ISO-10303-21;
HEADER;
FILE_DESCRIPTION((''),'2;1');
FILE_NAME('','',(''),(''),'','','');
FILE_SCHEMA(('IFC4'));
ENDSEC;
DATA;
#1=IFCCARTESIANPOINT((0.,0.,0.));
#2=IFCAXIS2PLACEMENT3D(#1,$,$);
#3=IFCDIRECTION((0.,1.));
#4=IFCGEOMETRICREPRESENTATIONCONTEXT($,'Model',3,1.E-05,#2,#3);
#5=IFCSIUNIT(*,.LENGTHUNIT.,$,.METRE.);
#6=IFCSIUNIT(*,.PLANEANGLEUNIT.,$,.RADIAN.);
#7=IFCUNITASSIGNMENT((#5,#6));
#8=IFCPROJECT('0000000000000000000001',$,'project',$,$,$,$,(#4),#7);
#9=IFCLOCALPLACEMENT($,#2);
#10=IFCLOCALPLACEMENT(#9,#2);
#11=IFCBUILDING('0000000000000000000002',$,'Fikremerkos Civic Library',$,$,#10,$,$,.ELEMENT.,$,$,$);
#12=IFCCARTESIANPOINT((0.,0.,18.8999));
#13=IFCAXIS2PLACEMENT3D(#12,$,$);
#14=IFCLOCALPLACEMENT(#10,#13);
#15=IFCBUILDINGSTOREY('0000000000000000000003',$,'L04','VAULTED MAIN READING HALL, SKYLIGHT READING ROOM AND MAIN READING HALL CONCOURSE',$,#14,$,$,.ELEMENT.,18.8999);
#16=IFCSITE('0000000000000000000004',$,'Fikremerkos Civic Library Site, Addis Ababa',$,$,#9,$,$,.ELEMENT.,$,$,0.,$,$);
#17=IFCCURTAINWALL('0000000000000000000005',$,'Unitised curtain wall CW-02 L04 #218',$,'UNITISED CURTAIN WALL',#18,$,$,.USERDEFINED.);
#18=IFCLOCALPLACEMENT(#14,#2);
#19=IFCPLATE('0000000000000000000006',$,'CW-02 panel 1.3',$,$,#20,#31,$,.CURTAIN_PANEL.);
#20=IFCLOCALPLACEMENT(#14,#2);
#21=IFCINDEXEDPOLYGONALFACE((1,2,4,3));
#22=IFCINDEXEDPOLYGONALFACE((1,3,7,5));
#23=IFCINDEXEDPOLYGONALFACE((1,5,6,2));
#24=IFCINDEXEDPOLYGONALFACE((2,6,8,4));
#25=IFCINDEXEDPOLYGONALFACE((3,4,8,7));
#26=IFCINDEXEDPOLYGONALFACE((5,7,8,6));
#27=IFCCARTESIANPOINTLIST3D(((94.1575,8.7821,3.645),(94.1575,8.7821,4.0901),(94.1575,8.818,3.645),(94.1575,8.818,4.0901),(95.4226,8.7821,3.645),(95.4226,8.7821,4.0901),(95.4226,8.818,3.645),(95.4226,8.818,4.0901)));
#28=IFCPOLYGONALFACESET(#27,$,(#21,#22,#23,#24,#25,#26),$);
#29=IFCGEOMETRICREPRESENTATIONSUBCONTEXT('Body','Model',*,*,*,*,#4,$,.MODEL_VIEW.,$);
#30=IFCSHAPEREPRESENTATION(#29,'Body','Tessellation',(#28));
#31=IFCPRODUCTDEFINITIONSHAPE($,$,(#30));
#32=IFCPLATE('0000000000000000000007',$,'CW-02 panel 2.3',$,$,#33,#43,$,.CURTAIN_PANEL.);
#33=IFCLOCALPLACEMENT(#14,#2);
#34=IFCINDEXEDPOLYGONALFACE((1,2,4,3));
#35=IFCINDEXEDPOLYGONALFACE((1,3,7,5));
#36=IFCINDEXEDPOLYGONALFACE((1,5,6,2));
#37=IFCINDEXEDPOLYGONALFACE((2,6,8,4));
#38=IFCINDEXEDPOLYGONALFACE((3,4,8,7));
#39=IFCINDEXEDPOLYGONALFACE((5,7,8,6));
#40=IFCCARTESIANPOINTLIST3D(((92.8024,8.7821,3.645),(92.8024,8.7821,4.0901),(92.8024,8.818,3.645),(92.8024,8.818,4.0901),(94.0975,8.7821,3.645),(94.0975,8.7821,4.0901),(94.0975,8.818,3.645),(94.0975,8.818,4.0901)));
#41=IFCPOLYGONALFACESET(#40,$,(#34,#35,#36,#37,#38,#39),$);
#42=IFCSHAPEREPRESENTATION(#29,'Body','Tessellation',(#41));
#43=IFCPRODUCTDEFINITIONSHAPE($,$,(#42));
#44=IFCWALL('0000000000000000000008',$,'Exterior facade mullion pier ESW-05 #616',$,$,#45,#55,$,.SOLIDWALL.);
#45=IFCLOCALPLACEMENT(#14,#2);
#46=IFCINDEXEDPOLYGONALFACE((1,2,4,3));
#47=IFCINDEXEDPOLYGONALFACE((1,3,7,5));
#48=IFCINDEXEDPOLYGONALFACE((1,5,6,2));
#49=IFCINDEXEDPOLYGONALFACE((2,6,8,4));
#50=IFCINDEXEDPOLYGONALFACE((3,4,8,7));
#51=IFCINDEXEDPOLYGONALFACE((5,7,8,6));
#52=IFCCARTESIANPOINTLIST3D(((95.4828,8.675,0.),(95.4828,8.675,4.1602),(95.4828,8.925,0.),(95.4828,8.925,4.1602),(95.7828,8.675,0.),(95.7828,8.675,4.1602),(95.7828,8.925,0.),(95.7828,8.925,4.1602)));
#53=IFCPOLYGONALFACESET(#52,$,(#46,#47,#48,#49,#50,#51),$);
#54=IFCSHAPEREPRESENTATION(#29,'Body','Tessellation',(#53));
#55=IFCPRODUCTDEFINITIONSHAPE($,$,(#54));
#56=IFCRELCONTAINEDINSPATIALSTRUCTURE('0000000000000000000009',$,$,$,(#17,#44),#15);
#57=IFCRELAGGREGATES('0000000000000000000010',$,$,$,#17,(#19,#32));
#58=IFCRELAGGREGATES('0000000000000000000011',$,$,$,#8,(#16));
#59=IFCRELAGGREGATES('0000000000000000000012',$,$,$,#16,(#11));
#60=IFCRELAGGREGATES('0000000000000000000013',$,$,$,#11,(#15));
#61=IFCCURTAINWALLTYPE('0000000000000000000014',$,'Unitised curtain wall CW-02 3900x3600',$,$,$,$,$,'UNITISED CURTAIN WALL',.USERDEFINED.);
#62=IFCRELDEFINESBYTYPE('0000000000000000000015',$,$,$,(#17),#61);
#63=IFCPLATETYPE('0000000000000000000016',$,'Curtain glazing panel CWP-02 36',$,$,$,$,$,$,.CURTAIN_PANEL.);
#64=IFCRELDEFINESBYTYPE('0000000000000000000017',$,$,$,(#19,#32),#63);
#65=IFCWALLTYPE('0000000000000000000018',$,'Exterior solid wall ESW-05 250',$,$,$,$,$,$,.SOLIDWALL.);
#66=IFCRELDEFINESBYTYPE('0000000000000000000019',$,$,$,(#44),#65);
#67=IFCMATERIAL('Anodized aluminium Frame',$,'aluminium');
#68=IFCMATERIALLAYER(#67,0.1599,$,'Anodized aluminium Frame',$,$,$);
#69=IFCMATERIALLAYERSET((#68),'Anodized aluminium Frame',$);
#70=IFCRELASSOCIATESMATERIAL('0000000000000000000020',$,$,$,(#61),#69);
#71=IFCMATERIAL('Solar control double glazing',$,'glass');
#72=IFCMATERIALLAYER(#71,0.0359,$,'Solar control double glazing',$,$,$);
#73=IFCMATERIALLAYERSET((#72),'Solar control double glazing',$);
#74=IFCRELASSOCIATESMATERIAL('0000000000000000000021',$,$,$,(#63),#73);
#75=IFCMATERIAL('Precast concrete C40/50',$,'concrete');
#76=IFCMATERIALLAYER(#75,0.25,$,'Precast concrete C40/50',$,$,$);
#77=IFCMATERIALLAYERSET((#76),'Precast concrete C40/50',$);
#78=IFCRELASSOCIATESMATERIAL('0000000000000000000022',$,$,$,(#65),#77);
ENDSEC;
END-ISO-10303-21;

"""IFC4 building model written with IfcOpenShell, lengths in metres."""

from ifc_helpers import new_model, si_unit, direction, frame, frame_2d, origin, origin_2d, place, context, subcontext, project, spatial, rectangle, extrude, material, layer, layer_set, type_object, element, aggregate, save


model = new_model("IFC4")

# Units and contexts
model_context = context("Model", 3, precision=1e-05, world=origin(), true_north=direction((0.0, 1.0)))
body_context = subcontext(model_context, "Body", "Model", "MODEL_VIEW")
ifc_project = project(units=[si_unit("LENGTHUNIT", "METRE"), si_unit("PLANEANGLEUNIT", "RADIAN")], contexts=[model_context])

# Site, building, storey
site_placement = place(None, origin())
site = spatial("IfcSite", under=ifc_project, at=site_placement, Name="Fikremerkos Civic Library Site, Addis Ababa", CompositionType="ELEMENT", RefElevation=0.0)
building_placement = place(site_placement, origin())
building = spatial("IfcBuilding", under=site, at=building_placement, Name="Fikremerkos Civic Library", CompositionType="ELEMENT")
storey_placement = place(building_placement, frame((0.0, 0.0, 18.8999)))
storey = spatial("IfcBuildingStorey", under=building, at=storey_placement, Name="L04", Description="VAULTED MAIN READING HALL, SKYLIGHT READING ROOM AND MAIN READING HALL CONCOURSE", CompositionType="ELEMENT", Elevation=18.8999)

# Curtain wall
ifc_material_1 = material(Name="Anodized aluminium Frame", Category="aluminium")
ifc_layer_1 = layer(ifc_material_1, 0.1599, Name="Anodized aluminium Frame")
ifc_layer_set_1 = layer_set([ifc_layer_1], Name="Anodized aluminium Frame")
curtain_wall_type_1 = type_object("IfcCurtainWallType", Name="Unitised curtain wall CW-02 3900x3600", ElementType="UNITISED CURTAIN WALL", PredefinedType="USERDEFINED", material=ifc_layer_set_1)
curtain_wall_1_placement = place(storey_placement, origin())
curtain_wall_1 = element("IfcCurtainWall", 1, at=curtain_wall_1_placement, inside=storey, type_object=curtain_wall_type_1, Name="Unitised curtain wall CW-02 L04 #218", ObjectType="UNITISED CURTAIN WALL", PredefinedType="USERDEFINED")

# Plates
ifc_material_2 = material(Name="Solar control double glazing", Category="glass")
ifc_layer_2 = layer(ifc_material_2, 0.0359, Name="Solar control double glazing")
ifc_layer_set_2 = layer_set([ifc_layer_2], Name="Solar control double glazing")
plate_type_1 = type_object("IfcPlateType", Name="Curtain glazing panel CWP-02 36", PredefinedType="CURTAIN_PANEL", material=ifc_layer_set_2)
plate_1_placement = place(storey_placement, frame((94.79, 8.8, 3.645), z_axis=(0.0, 0.0, 1.0), x_axis=(-1.0, 0.0, 0.0)))
plate_1 = element("IfcPlate", 2, at=plate_1_placement, type_object=plate_type_1, Name="CW-02 panel 1.3", PredefinedType="CURTAIN_PANEL", context=body_context, shape_type="SweptSolid", body=[
    extrude(rectangle(XDim=1.2651, YDim=0.0359, at=origin_2d()), origin(), (0.0, 0.0, 1.0), 0.4451),
])
plate_2_placement = place(storey_placement, frame((93.45, 8.8, 3.645), z_axis=(0.0, 0.0, 1.0), x_axis=(-1.0, 0.0, 0.0)))
plate_2 = element("IfcPlate", 3, at=plate_2_placement, type_object=plate_type_1, Name="CW-02 panel 2.3", PredefinedType="CURTAIN_PANEL", context=body_context, shape_type="SweptSolid", body=[
    extrude(rectangle(XDim=1.2952, YDim=0.0359, at=origin_2d()), origin(), (0.0, 0.0, 1.0), 0.4451),
])
aggregate(curtain_wall_1, [plate_1, plate_2])

# Wall
ifc_material_3 = material(Name="Precast concrete C40/50", Category="concrete")
ifc_layer_3 = layer(ifc_material_3, 0.25, Name="Precast concrete C40/50")
ifc_layer_set_3 = layer_set([ifc_layer_3], Name="Precast concrete C40/50")
wall_type = type_object("IfcWallType", Name="Exterior solid wall ESW-05 250", PredefinedType="SOLIDWALL", material=ifc_layer_set_3)
wall_placement = place(storey_placement, frame((95.7827, 8.8, 0.0), z_axis=(0.0, 0.0, 1.0), x_axis=(-1.0, 0.0, 0.0)))
element("IfcWall", 4, at=wall_placement, inside=storey, type_object=wall_type, Name="Exterior facade mullion pier ESW-05 #616", PredefinedType="SOLIDWALL", context=body_context, shape_type="SweptSolid", body=[
    extrude(rectangle(XDim=0.3, YDim=0.25, at=frame_2d((0.1499, 0.0))), origin(), (0.0, 0.0, 1.0), 4.1602),
])

save(model, "model.ifc")
